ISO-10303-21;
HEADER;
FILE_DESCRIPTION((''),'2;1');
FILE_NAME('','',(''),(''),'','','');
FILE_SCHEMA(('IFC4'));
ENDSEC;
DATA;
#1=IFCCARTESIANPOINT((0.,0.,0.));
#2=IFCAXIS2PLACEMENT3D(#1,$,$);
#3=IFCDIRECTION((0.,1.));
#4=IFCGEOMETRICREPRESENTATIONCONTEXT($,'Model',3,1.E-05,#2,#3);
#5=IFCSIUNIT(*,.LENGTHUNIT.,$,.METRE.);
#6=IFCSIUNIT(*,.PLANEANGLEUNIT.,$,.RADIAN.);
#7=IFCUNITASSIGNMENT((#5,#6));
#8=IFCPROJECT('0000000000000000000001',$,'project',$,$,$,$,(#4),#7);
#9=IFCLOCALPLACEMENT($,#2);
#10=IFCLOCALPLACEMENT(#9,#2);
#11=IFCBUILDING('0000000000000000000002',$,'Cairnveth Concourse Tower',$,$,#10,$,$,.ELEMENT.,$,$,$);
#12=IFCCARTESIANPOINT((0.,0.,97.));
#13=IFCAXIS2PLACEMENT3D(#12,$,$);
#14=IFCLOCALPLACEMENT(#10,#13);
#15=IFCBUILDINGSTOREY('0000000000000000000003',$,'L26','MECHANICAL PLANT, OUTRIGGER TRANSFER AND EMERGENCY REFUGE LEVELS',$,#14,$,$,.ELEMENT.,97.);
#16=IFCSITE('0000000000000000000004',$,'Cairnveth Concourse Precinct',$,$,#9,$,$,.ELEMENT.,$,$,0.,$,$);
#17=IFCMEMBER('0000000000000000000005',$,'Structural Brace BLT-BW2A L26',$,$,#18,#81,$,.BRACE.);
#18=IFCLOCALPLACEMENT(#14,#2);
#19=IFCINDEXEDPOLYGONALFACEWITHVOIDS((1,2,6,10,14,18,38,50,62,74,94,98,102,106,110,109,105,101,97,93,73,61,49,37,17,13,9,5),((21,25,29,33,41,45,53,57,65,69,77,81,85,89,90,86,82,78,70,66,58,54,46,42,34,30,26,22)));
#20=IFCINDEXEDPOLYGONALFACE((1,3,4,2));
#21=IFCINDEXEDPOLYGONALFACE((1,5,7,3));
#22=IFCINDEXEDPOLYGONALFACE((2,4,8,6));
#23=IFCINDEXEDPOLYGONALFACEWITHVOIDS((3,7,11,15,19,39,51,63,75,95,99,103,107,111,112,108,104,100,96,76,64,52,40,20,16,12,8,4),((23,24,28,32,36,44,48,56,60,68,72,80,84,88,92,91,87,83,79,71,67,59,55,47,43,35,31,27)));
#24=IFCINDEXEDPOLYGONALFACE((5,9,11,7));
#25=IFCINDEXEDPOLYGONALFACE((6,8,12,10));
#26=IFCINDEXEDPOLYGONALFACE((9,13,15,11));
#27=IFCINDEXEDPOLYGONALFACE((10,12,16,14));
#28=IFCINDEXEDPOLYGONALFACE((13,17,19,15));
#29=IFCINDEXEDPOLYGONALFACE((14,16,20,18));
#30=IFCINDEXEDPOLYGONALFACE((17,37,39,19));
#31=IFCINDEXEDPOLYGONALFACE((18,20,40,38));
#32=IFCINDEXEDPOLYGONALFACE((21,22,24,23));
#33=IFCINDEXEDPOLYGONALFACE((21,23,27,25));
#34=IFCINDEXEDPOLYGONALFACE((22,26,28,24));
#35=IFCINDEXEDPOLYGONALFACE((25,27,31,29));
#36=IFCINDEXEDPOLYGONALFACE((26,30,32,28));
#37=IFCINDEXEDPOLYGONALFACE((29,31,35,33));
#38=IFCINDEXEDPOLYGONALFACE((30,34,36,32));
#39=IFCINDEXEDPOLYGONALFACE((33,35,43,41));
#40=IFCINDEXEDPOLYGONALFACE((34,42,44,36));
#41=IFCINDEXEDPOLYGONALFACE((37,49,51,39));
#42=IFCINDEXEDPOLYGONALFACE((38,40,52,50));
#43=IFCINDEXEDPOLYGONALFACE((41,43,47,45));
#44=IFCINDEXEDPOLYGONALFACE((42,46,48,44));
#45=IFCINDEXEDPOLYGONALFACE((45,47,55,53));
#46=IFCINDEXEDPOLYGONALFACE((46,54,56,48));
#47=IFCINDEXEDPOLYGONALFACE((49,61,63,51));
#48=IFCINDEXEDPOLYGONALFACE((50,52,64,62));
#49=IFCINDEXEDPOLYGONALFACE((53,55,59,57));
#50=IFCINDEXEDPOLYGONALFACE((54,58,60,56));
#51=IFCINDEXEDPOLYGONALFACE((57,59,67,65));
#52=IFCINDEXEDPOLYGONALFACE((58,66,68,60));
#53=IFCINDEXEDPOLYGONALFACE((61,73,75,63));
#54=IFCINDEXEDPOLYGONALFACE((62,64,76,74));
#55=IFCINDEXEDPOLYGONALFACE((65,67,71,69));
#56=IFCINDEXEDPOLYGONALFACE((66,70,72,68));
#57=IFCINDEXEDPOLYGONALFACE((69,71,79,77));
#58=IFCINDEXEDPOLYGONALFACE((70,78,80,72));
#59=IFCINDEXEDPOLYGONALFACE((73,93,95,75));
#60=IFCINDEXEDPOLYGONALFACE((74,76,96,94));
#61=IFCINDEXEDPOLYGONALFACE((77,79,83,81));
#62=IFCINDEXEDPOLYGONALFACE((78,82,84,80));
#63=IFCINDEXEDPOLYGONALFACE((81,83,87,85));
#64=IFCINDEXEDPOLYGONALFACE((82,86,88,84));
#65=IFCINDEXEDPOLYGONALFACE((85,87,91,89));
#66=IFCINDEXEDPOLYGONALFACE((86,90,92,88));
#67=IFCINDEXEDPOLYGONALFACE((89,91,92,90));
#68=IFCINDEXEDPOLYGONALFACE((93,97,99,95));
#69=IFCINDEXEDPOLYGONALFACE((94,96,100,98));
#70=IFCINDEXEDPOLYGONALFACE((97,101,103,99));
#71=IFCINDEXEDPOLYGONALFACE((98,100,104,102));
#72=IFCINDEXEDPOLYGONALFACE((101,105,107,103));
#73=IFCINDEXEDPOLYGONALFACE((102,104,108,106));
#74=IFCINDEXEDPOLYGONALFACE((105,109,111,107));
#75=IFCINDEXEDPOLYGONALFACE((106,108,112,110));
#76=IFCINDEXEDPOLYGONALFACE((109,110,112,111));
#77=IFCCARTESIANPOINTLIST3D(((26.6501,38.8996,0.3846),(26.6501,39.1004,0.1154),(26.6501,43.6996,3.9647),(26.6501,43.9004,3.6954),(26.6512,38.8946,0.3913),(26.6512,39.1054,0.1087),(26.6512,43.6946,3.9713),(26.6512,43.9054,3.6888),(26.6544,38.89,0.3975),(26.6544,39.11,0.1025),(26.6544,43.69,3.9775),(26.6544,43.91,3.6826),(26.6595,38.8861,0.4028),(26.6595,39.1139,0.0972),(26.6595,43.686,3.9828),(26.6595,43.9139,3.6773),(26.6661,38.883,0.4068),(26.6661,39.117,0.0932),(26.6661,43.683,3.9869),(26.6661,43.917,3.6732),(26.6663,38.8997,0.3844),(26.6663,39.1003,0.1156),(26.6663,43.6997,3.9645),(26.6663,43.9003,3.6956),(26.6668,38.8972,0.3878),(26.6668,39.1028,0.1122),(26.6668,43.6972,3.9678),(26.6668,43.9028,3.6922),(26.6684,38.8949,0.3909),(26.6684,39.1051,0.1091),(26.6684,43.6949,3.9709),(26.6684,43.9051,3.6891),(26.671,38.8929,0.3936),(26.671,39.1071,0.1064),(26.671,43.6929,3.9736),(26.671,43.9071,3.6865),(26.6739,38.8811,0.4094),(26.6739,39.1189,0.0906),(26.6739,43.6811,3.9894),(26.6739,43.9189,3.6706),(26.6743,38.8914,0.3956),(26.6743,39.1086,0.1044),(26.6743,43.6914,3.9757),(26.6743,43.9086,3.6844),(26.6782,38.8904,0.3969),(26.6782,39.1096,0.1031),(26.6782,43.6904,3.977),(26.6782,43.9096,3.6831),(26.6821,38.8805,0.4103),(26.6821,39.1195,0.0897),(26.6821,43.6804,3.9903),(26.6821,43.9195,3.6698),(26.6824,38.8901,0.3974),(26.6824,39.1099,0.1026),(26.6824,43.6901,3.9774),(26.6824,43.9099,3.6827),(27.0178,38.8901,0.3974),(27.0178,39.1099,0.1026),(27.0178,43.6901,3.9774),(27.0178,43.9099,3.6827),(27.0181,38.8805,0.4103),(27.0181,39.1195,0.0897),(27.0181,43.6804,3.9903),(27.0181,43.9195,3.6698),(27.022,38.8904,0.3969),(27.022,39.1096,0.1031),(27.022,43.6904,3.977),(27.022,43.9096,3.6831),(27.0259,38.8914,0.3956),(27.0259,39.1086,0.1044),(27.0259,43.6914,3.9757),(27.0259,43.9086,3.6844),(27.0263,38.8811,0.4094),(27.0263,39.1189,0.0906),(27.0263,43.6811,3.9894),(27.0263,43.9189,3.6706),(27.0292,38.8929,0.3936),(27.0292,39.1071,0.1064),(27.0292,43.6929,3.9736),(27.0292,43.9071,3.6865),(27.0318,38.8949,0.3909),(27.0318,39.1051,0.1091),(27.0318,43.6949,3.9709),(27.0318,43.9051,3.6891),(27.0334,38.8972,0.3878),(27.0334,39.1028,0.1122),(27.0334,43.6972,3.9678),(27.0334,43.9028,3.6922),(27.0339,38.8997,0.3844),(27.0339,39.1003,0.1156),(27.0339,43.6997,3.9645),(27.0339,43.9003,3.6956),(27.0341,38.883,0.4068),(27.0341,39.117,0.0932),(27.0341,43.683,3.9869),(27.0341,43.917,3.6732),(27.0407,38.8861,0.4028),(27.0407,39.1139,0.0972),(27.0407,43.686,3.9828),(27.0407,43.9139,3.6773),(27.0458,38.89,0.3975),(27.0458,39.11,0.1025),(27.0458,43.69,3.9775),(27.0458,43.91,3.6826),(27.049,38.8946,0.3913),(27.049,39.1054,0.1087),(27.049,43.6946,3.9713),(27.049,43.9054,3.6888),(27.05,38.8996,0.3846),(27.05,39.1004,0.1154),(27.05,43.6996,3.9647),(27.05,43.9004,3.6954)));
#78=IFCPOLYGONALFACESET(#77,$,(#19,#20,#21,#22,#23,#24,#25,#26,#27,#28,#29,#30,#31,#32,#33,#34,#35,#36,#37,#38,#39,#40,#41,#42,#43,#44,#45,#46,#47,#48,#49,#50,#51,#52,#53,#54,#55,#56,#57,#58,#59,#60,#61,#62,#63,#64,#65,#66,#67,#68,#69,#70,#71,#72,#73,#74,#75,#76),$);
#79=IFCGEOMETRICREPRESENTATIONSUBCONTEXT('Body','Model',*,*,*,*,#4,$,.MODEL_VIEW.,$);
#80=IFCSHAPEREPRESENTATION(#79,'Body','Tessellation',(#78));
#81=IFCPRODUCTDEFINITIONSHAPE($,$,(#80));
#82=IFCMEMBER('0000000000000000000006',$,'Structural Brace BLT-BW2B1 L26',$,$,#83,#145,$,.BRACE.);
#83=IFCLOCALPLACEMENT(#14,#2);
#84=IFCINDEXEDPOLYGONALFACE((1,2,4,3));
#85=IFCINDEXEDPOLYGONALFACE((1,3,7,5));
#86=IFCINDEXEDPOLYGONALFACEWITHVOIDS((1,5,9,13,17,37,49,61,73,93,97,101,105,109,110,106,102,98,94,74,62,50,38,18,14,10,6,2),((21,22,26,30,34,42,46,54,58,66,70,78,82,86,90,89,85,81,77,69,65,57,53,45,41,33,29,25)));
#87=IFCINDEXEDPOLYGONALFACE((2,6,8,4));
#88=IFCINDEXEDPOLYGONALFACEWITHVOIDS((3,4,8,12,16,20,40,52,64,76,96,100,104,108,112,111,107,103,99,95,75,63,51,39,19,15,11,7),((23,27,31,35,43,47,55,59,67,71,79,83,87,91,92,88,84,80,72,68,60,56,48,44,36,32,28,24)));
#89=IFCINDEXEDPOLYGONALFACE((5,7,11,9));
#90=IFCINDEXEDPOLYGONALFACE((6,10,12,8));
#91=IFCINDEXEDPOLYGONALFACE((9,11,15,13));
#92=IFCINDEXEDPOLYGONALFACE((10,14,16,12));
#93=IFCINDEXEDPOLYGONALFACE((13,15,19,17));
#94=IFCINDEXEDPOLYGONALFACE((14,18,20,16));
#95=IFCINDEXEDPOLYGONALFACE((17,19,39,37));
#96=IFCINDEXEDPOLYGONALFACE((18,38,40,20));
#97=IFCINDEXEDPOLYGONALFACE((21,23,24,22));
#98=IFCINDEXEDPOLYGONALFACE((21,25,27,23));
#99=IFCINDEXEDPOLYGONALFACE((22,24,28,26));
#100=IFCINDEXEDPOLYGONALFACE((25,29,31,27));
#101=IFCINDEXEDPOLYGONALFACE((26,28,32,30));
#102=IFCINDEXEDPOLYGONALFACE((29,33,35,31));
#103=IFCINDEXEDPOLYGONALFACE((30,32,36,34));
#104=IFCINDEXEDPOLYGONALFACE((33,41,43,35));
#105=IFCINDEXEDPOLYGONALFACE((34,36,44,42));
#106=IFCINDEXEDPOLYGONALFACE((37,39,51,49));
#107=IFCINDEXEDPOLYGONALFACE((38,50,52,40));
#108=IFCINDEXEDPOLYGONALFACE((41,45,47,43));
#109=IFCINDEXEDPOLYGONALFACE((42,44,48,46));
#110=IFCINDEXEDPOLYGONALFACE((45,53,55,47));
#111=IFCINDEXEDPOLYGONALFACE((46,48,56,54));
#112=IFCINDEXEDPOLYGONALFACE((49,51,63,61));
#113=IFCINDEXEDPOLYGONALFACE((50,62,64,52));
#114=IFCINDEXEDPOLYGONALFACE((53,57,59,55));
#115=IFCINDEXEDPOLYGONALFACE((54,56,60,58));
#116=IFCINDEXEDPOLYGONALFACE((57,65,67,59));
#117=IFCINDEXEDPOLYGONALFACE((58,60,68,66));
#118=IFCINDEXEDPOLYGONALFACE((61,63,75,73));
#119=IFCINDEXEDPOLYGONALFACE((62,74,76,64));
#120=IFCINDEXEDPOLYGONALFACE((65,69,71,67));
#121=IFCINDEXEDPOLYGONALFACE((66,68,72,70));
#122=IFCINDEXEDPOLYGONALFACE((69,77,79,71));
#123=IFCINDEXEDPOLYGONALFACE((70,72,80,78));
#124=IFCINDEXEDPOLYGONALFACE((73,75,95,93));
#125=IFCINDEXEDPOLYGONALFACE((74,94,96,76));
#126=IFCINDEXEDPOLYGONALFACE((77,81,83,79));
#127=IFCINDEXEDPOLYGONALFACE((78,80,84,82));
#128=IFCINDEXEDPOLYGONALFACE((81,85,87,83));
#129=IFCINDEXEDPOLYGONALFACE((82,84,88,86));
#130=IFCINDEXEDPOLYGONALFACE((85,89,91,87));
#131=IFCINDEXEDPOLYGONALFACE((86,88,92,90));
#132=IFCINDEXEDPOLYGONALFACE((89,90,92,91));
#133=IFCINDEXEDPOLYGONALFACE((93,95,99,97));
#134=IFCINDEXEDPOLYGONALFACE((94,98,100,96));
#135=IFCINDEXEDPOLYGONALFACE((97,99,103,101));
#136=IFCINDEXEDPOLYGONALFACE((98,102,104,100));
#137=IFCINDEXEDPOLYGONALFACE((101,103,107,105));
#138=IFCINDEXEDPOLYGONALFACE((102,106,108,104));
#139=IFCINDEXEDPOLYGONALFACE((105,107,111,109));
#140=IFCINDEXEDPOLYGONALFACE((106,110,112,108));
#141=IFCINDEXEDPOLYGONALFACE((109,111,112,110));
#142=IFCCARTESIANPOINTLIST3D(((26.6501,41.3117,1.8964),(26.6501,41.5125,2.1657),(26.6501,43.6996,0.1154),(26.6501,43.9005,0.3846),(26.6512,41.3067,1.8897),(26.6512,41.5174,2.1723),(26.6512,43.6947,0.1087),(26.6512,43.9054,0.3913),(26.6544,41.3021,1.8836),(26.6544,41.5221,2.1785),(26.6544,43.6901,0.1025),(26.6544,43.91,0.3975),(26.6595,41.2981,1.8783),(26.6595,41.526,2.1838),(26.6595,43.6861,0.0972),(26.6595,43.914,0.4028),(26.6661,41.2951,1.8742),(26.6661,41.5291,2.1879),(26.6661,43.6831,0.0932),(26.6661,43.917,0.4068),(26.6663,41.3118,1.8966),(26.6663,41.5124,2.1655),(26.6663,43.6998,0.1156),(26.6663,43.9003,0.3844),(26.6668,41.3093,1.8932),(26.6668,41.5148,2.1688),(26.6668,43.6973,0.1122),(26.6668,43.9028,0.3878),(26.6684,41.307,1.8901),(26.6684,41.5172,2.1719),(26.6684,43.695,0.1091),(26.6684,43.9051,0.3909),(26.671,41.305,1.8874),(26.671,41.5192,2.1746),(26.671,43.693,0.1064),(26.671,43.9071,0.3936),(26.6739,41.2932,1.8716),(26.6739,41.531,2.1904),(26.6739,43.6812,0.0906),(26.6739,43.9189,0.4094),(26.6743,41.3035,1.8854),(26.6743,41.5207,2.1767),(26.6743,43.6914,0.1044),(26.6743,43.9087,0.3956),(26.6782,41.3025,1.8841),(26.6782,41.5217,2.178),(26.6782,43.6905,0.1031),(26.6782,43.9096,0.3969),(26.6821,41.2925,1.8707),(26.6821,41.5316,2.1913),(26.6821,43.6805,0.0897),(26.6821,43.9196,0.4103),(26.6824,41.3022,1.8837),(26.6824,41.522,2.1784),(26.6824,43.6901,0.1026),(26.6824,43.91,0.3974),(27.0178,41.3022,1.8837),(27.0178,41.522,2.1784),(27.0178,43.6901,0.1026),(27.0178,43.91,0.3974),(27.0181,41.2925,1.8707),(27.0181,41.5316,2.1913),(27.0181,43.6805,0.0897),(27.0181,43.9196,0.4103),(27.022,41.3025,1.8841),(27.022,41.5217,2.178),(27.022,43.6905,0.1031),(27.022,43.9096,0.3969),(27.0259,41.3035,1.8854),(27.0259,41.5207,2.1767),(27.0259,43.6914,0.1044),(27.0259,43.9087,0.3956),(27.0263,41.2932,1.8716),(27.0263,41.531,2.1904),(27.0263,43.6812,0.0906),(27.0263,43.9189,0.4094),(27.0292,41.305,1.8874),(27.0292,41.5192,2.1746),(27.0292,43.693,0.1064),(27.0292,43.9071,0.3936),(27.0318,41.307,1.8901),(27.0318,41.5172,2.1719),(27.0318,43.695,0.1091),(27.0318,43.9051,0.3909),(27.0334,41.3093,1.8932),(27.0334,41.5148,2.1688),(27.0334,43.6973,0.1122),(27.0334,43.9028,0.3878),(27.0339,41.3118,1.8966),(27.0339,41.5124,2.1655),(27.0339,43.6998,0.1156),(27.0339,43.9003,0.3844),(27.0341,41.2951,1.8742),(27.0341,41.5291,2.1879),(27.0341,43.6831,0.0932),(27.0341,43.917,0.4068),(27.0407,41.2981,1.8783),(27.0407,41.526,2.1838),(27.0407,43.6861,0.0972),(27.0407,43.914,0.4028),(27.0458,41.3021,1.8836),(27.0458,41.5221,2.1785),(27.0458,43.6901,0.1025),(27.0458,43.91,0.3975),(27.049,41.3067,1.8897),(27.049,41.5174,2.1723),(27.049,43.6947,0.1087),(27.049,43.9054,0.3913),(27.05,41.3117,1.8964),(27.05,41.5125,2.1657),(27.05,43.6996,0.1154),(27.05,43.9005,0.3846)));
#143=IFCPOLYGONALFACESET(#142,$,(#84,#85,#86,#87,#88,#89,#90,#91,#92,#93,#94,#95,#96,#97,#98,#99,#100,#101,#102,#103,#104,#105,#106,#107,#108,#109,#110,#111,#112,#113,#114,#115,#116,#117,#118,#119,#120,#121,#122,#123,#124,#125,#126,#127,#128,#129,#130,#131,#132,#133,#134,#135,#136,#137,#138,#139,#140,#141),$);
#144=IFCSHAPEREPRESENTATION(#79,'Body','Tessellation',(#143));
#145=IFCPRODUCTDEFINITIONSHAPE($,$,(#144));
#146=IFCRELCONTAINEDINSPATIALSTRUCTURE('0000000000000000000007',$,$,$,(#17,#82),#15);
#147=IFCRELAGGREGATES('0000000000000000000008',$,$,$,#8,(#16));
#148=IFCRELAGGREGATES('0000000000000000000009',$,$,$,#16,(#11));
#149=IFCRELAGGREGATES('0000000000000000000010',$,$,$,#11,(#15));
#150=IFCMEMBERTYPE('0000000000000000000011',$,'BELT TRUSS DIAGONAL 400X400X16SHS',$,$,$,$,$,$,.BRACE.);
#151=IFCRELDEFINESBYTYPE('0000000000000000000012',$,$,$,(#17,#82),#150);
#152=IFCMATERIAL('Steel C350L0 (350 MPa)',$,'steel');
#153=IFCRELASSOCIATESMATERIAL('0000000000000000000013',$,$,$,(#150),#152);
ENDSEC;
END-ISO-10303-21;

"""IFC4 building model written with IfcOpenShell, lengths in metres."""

from ifc_helpers import new_model, si_unit, direction, frame, origin, origin_2d, place, context, subcontext, project, spatial, hollow_rectangle, extrude, material, material_profile, profile_set, type_object, element, save


model = new_model("IFC4")

# Units and contexts
model_context = context("Model", 3, precision=1e-05, world=origin(), true_north=direction((0.0, 1.0)))
body_context = subcontext(model_context, "Body", "Model", "MODEL_VIEW")
ifc_project = project(units=[si_unit("LENGTHUNIT", "METRE"), si_unit("PLANEANGLEUNIT", "RADIAN")], contexts=[model_context])

# Site, building, storey
site_placement = place(None, origin())
site = spatial("IfcSite", under=ifc_project, at=site_placement, Name="Cairnveth Concourse Precinct", CompositionType="ELEMENT", RefElevation=0.0)
building_placement = place(site_placement, origin())
building = spatial("IfcBuilding", under=site, at=building_placement, Name="Cairnveth Concourse Tower", CompositionType="ELEMENT")
storey_placement = place(building_placement, frame((0.0, 0.0, 97.0)))
storey = spatial("IfcBuildingStorey", under=building, at=storey_placement, Name="L26", Description="MECHANICAL PLANT, OUTRIGGER TRANSFER AND EMERGENCY REFUGE LEVELS", CompositionType="ELEMENT", Elevation=97.0)

# Members
ifc_material_1 = material(Name="Steel C350L0 (350 MPa)", Category="steel")
ifc_material_profile_1 = material_profile(ifc_material_1, hollow_rectangle(XDim=0.3999, YDim=0.3999, WallThickness=0.0161, InnerFilletRadius=0.0161, OuterFilletRadius=0.032, at=origin_2d()), Name="400x400x16.0SHS")
ifc_profile_set_1 = profile_set([ifc_material_profile_1], Name="Steel C350L0 (350 MPa)")
member_type_1 = type_object("IfcMemberType", Name="BELT TRUSS DIAGONAL 400X400X16SHS", PredefinedType="BRACE", material=ifc_profile_set_1)
member_1_placement = place(storey_placement, frame((26.8501, 39.0, 0.25), z_axis=(0.0, 0.801597, 0.597865), x_axis=(-1.0, 0.0, 0.0)))
element("IfcMember", 1, at=member_1_placement, inside=storey, type_object=member_type_1, Name="Structural Brace BLT-BW2A L26", PredefinedType="BRACE", context=body_context, shape_type="SweptSolid", body=[
    extrude(hollow_rectangle(XDim=0.3999, YDim=0.3999, WallThickness=0.0161, InnerFilletRadius=0.0161, OuterFilletRadius=0.032, at=origin_2d()), origin(), (0.0, 0.0, 1.0), 5.988),
])
for number, where, z_axis, x_axis, name in (
    (2, (26.8501, 43.8, 0.25), (0.0, -0.8016, 0.59786), (1.0, 0.0, 0.0), "Structural Brace BLT-BW2B1 L26"),
):
    element("IfcMember", number, at=place(storey_placement, frame(where, z_axis=z_axis, x_axis=x_axis)), inside=storey, type_object=member_type_1, Name=name, PredefinedType="BRACE", context=body_context, shape_type="SweptSolid", body=[
        extrude(hollow_rectangle(XDim=0.3999, YDim=0.3999, WallThickness=0.0161, InnerFilletRadius=0.0161, OuterFilletRadius=0.032, at=origin_2d()), origin(), (0.0, 0.0, 1.0), 2.979),
    ])

save(model, "model.ifc")
